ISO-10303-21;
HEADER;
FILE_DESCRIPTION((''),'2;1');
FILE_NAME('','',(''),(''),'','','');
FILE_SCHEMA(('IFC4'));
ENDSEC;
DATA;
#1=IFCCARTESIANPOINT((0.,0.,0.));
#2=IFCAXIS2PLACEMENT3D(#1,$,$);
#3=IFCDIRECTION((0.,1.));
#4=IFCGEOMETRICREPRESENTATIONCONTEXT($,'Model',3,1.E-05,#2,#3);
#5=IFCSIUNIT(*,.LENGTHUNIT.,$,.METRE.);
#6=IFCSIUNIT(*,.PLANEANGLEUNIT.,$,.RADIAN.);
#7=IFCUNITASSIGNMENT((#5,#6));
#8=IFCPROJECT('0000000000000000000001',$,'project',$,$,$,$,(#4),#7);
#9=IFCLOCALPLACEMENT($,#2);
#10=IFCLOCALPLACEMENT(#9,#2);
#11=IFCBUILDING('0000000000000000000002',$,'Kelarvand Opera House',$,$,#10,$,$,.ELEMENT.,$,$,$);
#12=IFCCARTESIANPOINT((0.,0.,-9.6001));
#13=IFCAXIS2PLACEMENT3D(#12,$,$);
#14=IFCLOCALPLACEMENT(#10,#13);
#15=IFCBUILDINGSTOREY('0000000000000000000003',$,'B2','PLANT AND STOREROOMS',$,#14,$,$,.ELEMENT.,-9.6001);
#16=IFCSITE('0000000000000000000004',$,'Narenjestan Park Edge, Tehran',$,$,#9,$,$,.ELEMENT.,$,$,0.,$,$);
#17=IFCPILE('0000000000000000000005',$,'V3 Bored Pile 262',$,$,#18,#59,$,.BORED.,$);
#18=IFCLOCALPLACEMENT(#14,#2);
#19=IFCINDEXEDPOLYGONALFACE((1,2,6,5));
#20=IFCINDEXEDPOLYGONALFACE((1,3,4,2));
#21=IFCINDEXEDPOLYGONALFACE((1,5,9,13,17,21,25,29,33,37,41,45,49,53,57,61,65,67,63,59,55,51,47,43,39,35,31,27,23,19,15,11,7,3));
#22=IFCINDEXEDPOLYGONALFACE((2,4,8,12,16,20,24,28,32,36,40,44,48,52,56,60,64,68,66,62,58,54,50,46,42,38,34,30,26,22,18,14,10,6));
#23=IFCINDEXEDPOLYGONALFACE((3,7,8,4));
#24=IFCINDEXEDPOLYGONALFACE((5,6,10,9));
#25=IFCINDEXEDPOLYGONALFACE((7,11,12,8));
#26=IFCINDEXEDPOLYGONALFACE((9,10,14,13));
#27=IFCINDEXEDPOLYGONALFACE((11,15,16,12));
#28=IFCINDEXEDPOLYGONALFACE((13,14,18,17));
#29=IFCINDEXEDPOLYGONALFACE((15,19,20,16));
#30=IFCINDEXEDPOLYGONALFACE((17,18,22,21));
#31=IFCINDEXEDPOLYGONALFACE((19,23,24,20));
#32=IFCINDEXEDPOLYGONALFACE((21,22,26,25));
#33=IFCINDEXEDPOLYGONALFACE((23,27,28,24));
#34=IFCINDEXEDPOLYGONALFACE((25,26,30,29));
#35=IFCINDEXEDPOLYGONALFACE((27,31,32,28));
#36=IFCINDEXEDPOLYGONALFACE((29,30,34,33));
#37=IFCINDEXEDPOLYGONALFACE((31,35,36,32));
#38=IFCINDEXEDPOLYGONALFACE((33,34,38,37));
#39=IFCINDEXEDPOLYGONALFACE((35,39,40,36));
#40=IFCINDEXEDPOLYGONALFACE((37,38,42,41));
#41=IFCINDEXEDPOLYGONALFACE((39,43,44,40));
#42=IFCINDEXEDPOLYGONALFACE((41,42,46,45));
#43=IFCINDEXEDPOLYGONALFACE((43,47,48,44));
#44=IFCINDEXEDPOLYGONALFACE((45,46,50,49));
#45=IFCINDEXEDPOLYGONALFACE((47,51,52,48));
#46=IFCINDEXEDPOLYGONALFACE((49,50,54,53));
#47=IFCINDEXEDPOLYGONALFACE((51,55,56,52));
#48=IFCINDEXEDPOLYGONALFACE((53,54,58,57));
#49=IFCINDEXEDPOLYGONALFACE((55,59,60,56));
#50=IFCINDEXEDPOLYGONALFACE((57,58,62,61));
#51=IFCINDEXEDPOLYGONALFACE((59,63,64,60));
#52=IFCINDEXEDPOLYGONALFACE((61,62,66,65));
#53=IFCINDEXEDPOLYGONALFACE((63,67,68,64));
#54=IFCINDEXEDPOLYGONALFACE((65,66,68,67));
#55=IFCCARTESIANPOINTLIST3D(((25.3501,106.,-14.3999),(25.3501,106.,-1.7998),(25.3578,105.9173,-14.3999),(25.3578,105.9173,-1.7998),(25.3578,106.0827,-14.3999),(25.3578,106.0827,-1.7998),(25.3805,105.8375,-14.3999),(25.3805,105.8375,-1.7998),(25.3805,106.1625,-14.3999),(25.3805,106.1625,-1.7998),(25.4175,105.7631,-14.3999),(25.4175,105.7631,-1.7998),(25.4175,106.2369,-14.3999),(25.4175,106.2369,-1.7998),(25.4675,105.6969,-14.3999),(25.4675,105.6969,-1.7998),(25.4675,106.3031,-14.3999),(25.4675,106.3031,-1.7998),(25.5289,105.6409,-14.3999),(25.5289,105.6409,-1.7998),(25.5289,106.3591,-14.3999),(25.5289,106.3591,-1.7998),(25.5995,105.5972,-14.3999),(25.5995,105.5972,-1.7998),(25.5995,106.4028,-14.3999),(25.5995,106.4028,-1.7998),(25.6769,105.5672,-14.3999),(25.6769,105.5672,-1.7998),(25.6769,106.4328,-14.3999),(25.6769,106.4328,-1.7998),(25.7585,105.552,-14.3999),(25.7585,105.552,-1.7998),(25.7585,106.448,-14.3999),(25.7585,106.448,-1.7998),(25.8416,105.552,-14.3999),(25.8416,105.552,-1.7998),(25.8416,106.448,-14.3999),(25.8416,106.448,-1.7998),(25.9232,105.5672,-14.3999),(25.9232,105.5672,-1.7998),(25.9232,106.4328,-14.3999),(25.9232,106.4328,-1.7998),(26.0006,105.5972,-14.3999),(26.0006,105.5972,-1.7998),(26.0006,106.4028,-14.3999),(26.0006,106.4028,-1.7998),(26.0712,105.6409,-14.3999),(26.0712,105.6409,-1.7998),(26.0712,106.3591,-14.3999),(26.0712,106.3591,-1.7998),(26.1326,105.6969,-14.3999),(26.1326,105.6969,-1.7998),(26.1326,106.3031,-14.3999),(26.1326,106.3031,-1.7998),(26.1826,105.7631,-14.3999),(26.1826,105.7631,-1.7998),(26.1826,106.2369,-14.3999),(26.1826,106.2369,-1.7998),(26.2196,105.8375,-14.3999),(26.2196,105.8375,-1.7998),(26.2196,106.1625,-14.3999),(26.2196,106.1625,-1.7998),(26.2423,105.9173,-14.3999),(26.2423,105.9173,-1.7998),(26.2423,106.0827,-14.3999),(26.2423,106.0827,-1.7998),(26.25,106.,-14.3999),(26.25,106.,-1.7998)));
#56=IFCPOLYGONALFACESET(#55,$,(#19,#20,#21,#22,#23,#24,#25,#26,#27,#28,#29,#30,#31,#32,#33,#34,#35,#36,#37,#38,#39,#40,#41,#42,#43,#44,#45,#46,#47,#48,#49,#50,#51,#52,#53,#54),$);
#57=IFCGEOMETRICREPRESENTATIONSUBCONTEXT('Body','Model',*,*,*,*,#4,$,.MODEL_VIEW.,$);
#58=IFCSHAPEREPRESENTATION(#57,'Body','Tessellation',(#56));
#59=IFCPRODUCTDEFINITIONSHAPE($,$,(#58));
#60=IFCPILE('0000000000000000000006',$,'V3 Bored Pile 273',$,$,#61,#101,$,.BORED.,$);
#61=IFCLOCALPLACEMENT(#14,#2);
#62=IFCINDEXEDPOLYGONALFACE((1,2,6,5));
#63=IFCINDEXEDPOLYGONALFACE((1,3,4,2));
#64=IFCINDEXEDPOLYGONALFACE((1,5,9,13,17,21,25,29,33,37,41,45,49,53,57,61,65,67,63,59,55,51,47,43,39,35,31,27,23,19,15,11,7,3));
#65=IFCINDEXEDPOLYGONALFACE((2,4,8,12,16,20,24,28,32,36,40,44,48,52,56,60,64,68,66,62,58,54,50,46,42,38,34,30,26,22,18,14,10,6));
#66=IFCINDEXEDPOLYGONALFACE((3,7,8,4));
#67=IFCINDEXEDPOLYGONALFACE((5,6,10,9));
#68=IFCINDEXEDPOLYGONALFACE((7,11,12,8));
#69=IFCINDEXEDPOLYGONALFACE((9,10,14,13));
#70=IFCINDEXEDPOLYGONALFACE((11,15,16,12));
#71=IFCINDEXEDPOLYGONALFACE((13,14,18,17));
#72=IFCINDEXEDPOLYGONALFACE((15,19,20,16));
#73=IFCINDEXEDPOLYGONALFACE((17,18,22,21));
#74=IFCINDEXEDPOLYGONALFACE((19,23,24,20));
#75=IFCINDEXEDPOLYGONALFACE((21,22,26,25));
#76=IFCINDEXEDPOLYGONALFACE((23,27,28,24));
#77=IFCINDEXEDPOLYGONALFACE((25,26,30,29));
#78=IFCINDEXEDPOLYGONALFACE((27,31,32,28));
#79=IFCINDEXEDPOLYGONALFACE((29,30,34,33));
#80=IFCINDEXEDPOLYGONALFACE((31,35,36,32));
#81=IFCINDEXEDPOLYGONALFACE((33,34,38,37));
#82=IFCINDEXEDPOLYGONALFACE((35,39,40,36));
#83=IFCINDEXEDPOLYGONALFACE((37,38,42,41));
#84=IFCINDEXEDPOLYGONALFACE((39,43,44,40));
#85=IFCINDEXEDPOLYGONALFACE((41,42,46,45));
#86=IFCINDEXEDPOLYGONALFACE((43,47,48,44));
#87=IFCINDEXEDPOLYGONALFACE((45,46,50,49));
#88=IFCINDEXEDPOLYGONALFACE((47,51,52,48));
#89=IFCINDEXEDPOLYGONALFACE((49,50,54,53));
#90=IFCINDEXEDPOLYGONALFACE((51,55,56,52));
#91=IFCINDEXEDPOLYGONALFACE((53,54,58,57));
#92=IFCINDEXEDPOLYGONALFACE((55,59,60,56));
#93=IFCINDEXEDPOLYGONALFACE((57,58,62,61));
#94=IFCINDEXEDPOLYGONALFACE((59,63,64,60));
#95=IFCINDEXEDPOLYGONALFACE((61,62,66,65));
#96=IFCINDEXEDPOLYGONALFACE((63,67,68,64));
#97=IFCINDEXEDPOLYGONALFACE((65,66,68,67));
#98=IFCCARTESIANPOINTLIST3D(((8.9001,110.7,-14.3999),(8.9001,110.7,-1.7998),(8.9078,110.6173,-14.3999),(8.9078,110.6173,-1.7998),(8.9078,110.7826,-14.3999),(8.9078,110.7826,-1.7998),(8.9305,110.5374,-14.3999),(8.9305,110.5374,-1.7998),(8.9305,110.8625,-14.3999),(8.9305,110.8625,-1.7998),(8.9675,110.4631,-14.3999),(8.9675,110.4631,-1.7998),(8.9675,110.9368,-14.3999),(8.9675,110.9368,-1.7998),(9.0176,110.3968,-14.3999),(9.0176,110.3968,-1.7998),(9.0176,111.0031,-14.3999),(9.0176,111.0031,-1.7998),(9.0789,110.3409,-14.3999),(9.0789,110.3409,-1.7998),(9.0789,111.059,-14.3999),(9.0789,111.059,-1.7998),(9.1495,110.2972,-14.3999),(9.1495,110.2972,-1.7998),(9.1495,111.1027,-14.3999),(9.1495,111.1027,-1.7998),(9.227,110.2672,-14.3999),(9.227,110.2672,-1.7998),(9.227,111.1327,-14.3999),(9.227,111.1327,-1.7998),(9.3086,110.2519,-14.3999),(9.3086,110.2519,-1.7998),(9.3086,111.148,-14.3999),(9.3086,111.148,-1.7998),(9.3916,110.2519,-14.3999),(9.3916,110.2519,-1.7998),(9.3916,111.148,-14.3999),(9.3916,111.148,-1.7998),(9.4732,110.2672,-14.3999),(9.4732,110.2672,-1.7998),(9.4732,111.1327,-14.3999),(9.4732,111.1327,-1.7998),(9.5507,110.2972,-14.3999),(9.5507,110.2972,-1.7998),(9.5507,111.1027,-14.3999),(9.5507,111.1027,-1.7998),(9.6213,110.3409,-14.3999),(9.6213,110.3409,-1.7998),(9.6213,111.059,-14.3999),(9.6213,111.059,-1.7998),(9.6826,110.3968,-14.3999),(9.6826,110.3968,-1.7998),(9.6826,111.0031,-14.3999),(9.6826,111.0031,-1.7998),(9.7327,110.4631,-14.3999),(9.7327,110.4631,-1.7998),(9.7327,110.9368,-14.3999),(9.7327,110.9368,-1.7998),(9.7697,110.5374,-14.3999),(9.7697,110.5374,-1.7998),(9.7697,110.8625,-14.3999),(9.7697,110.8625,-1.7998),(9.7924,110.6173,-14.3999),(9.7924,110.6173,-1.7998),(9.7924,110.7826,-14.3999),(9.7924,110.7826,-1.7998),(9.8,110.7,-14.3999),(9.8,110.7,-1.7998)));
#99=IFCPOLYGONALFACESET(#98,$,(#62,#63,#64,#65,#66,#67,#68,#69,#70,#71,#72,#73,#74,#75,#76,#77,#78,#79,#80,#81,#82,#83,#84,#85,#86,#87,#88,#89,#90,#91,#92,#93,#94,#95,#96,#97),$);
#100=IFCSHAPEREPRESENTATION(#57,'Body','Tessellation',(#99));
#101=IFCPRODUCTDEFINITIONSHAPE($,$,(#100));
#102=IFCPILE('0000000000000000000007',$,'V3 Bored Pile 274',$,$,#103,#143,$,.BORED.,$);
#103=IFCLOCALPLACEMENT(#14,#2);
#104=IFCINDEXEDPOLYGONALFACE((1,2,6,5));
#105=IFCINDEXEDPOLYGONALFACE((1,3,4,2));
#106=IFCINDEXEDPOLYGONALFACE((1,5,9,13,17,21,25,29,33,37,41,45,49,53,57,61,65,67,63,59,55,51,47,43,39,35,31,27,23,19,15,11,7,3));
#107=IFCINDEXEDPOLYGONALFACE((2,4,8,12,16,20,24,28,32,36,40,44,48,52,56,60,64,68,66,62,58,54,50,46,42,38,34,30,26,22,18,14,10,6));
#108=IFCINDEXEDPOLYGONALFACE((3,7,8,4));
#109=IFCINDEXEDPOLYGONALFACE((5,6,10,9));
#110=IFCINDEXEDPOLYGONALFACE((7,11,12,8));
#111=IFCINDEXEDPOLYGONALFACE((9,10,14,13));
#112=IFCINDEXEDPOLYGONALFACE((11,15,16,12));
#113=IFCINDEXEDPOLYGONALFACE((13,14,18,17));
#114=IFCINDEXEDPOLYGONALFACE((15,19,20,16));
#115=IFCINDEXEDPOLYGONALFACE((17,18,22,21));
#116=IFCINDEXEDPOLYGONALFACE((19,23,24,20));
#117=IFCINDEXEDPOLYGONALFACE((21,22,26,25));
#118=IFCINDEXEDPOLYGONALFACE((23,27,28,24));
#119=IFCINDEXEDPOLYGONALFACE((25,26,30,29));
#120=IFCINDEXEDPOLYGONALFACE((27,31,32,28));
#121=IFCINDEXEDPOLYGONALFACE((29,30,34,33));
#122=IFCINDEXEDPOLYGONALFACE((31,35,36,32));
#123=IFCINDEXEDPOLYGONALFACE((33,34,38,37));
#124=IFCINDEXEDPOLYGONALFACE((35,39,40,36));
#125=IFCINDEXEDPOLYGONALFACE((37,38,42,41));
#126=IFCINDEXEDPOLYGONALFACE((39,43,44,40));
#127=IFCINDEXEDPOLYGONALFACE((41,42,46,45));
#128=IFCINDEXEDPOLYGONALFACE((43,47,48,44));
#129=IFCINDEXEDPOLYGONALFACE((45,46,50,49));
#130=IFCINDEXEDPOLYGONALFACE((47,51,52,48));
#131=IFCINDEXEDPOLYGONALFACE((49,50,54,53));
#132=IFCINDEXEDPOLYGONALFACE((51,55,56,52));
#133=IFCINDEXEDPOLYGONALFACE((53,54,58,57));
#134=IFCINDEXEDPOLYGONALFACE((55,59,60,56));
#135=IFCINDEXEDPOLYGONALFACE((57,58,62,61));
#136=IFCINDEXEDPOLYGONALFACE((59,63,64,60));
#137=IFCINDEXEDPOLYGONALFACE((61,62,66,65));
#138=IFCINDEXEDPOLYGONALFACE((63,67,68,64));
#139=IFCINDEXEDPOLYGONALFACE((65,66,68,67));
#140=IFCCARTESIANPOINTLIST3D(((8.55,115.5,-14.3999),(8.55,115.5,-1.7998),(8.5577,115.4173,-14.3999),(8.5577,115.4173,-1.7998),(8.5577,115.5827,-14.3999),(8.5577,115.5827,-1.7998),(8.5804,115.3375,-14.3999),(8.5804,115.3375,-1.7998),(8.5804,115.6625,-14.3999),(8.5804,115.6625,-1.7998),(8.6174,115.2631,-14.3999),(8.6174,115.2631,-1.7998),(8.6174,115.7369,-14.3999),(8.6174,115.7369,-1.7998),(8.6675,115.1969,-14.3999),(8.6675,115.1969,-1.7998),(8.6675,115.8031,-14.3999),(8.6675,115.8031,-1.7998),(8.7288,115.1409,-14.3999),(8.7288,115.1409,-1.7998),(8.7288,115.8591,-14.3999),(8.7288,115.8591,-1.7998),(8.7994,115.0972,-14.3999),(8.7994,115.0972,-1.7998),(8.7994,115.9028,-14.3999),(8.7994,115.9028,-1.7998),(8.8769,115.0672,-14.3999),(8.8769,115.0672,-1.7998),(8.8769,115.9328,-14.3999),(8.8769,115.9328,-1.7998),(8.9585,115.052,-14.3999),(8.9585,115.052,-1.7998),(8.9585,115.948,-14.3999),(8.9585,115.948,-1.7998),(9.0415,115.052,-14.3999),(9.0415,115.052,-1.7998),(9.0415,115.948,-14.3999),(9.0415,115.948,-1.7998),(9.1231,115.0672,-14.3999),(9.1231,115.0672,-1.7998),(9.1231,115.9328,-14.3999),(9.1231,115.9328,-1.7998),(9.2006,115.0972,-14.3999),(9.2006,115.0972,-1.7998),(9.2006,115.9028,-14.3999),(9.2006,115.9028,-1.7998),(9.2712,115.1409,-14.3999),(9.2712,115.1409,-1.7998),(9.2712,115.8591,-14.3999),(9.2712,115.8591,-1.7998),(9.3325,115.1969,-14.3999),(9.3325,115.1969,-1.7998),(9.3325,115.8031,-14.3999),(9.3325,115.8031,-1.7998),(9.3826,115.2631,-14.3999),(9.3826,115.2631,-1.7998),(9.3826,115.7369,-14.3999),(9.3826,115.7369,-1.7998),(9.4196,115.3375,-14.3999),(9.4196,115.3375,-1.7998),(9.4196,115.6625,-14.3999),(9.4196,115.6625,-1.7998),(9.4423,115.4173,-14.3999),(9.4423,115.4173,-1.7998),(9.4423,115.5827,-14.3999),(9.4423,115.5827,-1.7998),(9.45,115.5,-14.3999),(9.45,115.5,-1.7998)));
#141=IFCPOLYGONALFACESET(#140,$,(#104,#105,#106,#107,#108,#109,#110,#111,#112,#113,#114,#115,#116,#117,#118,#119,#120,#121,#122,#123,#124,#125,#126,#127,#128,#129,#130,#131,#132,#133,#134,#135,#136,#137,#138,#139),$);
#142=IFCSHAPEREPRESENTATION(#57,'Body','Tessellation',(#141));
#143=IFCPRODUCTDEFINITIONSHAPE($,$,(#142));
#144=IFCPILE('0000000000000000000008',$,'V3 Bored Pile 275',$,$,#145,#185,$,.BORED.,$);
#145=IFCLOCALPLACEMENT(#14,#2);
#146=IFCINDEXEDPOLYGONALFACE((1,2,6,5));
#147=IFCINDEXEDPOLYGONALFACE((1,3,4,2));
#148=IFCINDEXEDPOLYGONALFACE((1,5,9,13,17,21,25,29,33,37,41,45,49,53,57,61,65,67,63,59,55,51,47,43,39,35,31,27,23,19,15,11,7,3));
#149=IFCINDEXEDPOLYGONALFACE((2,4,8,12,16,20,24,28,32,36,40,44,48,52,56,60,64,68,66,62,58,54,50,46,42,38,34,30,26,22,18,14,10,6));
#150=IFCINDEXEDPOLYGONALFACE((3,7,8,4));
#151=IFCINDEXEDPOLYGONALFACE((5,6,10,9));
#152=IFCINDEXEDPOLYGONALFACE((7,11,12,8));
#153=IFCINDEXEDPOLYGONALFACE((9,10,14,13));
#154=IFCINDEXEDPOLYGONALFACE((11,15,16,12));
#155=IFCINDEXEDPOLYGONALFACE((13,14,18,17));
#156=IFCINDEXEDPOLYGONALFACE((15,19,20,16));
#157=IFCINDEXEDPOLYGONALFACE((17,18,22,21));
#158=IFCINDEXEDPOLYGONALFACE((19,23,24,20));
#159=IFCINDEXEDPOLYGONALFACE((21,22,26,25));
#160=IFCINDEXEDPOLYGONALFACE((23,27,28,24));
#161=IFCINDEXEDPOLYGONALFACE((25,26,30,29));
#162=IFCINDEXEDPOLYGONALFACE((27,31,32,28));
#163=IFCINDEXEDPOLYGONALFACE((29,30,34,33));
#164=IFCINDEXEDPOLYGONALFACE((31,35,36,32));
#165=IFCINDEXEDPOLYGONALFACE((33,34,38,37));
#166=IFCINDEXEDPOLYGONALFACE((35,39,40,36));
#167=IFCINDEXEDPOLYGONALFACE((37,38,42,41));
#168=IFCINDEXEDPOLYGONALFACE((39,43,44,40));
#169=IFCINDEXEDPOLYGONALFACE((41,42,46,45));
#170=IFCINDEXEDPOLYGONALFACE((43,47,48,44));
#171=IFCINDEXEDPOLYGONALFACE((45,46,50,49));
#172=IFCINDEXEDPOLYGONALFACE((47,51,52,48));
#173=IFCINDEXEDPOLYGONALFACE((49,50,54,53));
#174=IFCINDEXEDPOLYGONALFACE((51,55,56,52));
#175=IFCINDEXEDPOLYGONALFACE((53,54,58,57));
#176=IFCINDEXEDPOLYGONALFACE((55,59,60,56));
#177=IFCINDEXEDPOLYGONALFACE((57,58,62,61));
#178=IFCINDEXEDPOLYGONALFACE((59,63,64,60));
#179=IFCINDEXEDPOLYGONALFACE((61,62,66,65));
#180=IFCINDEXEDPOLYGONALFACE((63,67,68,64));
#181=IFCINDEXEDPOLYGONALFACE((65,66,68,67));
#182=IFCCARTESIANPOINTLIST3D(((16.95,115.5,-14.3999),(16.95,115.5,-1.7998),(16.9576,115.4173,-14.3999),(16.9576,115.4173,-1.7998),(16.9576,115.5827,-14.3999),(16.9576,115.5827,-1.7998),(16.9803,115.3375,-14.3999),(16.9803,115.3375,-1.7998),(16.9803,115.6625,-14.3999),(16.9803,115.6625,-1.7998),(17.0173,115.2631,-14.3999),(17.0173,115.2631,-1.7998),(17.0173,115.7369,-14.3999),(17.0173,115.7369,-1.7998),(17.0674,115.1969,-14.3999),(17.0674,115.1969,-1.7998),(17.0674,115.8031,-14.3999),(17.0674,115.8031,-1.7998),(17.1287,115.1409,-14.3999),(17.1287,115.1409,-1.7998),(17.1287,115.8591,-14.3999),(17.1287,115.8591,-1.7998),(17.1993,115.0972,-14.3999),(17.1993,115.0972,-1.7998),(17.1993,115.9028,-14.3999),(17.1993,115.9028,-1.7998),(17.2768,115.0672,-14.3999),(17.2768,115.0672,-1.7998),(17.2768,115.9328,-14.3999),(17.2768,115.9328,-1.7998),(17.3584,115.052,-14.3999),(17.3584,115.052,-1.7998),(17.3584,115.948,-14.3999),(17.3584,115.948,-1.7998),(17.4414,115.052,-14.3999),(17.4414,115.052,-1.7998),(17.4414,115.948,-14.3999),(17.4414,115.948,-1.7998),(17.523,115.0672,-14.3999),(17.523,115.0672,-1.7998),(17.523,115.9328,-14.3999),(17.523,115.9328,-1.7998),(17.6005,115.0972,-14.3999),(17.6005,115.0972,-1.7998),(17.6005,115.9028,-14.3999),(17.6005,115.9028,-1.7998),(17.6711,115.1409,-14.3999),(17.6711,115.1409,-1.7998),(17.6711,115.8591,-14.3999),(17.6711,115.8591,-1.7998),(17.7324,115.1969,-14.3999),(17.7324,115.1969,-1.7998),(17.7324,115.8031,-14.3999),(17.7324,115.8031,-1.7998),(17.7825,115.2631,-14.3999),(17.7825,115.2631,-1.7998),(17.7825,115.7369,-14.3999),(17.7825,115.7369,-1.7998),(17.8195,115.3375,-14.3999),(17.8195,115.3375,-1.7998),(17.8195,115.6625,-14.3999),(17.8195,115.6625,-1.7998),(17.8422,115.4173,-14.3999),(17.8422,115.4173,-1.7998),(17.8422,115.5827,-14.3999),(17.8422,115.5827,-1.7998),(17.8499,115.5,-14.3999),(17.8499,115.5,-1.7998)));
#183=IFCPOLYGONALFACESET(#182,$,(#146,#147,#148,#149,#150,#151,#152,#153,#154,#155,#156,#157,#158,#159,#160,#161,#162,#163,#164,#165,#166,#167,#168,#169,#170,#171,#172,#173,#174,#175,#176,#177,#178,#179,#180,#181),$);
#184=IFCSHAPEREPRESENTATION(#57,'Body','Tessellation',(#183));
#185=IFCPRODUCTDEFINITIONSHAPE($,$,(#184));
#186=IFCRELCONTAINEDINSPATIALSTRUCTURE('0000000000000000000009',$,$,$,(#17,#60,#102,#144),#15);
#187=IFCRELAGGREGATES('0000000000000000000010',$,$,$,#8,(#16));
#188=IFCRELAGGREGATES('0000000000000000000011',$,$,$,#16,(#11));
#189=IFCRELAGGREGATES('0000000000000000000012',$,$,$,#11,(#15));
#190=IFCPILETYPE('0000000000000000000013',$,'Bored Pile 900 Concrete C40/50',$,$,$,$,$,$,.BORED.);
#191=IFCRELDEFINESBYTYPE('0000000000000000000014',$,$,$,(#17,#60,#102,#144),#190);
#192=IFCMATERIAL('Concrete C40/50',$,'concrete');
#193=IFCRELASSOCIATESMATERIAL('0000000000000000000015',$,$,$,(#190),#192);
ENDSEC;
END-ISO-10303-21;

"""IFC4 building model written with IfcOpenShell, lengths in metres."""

from ifc_helpers import new_model, si_unit, direction, frame, origin, origin_2d, place, context, subcontext, project, spatial, circle, extrude, material, material_profile, profile_set, type_object, element, save


model = new_model("IFC4")

# Units and contexts
model_context = context("Model", 3, precision=1e-05, world=origin(), true_north=direction((0.0, 1.0)))
body_context = subcontext(model_context, "Body", "Model", "MODEL_VIEW")
ifc_project = project(units=[si_unit("LENGTHUNIT", "METRE"), si_unit("PLANEANGLEUNIT", "RADIAN")], contexts=[model_context])

# Site, building, storey
site_placement = place(None, origin())
site = spatial("IfcSite", under=ifc_project, at=site_placement, Name="Narenjestan Park Edge, Tehran", CompositionType="ELEMENT", RefElevation=0.0)
building_placement = place(site_placement, origin())
building = spatial("IfcBuilding", under=site, at=building_placement, Name="Kelarvand Opera House", CompositionType="ELEMENT")
storey_placement = place(building_placement, frame((0.0, 0.0, -9.6001)))
storey = spatial("IfcBuildingStorey", under=building, at=storey_placement, Name="B2", Description="PLANT AND STOREROOMS", CompositionType="ELEMENT", Elevation=-9.6001)

# Piles
ifc_material_1 = material(Name="Concrete C40/50", Category="concrete")
ifc_material_profile_1 = material_profile(ifc_material_1, circle(Radius=0.45, at=origin_2d()), Name="BP 900", Category="concrete")
ifc_profile_set_1 = profile_set([ifc_material_profile_1], Name="Concrete C40/50")
pile_type = type_object("IfcPileType", Name="Bored Pile 900 Concrete C40/50", PredefinedType="BORED", material=ifc_profile_set_1)
for number, where, z_axis, x_axis, name in (
    (1, (25.8, 106.0, -1.7998), (0.0, 0.0, -1.0), (1.0, 0.0, 0.0), "V3 Bored Pile 262"),
    (2, (9.3501, 110.7, -1.7998), (0.0, 0.0, -1.0), (1.0, 0.0, 0.0), "V3 Bored Pile 273"),
    (3, (9.0, 115.5, -1.7998), (0.0, 0.0, -1.0), (1.0, 0.0, 0.0), "V3 Bored Pile 274"),
    (4, (17.3999, 115.5, -1.7998), (0.0, 0.0, -1.0), (1.0, 0.0, 0.0), "V3 Bored Pile 275"),
):
    element("IfcPile", number, at=place(storey_placement, frame(where, z_axis=z_axis, x_axis=x_axis)), inside=storey, type_object=pile_type, Name=name, PredefinedType="BORED", context=body_context, shape_type="SweptSolid", body=[
        extrude(circle(Radius=0.45, at=origin_2d()), origin(), (0.0, 0.0, 1.0), 12.6001),
    ])

save(model, "model.ifc")
